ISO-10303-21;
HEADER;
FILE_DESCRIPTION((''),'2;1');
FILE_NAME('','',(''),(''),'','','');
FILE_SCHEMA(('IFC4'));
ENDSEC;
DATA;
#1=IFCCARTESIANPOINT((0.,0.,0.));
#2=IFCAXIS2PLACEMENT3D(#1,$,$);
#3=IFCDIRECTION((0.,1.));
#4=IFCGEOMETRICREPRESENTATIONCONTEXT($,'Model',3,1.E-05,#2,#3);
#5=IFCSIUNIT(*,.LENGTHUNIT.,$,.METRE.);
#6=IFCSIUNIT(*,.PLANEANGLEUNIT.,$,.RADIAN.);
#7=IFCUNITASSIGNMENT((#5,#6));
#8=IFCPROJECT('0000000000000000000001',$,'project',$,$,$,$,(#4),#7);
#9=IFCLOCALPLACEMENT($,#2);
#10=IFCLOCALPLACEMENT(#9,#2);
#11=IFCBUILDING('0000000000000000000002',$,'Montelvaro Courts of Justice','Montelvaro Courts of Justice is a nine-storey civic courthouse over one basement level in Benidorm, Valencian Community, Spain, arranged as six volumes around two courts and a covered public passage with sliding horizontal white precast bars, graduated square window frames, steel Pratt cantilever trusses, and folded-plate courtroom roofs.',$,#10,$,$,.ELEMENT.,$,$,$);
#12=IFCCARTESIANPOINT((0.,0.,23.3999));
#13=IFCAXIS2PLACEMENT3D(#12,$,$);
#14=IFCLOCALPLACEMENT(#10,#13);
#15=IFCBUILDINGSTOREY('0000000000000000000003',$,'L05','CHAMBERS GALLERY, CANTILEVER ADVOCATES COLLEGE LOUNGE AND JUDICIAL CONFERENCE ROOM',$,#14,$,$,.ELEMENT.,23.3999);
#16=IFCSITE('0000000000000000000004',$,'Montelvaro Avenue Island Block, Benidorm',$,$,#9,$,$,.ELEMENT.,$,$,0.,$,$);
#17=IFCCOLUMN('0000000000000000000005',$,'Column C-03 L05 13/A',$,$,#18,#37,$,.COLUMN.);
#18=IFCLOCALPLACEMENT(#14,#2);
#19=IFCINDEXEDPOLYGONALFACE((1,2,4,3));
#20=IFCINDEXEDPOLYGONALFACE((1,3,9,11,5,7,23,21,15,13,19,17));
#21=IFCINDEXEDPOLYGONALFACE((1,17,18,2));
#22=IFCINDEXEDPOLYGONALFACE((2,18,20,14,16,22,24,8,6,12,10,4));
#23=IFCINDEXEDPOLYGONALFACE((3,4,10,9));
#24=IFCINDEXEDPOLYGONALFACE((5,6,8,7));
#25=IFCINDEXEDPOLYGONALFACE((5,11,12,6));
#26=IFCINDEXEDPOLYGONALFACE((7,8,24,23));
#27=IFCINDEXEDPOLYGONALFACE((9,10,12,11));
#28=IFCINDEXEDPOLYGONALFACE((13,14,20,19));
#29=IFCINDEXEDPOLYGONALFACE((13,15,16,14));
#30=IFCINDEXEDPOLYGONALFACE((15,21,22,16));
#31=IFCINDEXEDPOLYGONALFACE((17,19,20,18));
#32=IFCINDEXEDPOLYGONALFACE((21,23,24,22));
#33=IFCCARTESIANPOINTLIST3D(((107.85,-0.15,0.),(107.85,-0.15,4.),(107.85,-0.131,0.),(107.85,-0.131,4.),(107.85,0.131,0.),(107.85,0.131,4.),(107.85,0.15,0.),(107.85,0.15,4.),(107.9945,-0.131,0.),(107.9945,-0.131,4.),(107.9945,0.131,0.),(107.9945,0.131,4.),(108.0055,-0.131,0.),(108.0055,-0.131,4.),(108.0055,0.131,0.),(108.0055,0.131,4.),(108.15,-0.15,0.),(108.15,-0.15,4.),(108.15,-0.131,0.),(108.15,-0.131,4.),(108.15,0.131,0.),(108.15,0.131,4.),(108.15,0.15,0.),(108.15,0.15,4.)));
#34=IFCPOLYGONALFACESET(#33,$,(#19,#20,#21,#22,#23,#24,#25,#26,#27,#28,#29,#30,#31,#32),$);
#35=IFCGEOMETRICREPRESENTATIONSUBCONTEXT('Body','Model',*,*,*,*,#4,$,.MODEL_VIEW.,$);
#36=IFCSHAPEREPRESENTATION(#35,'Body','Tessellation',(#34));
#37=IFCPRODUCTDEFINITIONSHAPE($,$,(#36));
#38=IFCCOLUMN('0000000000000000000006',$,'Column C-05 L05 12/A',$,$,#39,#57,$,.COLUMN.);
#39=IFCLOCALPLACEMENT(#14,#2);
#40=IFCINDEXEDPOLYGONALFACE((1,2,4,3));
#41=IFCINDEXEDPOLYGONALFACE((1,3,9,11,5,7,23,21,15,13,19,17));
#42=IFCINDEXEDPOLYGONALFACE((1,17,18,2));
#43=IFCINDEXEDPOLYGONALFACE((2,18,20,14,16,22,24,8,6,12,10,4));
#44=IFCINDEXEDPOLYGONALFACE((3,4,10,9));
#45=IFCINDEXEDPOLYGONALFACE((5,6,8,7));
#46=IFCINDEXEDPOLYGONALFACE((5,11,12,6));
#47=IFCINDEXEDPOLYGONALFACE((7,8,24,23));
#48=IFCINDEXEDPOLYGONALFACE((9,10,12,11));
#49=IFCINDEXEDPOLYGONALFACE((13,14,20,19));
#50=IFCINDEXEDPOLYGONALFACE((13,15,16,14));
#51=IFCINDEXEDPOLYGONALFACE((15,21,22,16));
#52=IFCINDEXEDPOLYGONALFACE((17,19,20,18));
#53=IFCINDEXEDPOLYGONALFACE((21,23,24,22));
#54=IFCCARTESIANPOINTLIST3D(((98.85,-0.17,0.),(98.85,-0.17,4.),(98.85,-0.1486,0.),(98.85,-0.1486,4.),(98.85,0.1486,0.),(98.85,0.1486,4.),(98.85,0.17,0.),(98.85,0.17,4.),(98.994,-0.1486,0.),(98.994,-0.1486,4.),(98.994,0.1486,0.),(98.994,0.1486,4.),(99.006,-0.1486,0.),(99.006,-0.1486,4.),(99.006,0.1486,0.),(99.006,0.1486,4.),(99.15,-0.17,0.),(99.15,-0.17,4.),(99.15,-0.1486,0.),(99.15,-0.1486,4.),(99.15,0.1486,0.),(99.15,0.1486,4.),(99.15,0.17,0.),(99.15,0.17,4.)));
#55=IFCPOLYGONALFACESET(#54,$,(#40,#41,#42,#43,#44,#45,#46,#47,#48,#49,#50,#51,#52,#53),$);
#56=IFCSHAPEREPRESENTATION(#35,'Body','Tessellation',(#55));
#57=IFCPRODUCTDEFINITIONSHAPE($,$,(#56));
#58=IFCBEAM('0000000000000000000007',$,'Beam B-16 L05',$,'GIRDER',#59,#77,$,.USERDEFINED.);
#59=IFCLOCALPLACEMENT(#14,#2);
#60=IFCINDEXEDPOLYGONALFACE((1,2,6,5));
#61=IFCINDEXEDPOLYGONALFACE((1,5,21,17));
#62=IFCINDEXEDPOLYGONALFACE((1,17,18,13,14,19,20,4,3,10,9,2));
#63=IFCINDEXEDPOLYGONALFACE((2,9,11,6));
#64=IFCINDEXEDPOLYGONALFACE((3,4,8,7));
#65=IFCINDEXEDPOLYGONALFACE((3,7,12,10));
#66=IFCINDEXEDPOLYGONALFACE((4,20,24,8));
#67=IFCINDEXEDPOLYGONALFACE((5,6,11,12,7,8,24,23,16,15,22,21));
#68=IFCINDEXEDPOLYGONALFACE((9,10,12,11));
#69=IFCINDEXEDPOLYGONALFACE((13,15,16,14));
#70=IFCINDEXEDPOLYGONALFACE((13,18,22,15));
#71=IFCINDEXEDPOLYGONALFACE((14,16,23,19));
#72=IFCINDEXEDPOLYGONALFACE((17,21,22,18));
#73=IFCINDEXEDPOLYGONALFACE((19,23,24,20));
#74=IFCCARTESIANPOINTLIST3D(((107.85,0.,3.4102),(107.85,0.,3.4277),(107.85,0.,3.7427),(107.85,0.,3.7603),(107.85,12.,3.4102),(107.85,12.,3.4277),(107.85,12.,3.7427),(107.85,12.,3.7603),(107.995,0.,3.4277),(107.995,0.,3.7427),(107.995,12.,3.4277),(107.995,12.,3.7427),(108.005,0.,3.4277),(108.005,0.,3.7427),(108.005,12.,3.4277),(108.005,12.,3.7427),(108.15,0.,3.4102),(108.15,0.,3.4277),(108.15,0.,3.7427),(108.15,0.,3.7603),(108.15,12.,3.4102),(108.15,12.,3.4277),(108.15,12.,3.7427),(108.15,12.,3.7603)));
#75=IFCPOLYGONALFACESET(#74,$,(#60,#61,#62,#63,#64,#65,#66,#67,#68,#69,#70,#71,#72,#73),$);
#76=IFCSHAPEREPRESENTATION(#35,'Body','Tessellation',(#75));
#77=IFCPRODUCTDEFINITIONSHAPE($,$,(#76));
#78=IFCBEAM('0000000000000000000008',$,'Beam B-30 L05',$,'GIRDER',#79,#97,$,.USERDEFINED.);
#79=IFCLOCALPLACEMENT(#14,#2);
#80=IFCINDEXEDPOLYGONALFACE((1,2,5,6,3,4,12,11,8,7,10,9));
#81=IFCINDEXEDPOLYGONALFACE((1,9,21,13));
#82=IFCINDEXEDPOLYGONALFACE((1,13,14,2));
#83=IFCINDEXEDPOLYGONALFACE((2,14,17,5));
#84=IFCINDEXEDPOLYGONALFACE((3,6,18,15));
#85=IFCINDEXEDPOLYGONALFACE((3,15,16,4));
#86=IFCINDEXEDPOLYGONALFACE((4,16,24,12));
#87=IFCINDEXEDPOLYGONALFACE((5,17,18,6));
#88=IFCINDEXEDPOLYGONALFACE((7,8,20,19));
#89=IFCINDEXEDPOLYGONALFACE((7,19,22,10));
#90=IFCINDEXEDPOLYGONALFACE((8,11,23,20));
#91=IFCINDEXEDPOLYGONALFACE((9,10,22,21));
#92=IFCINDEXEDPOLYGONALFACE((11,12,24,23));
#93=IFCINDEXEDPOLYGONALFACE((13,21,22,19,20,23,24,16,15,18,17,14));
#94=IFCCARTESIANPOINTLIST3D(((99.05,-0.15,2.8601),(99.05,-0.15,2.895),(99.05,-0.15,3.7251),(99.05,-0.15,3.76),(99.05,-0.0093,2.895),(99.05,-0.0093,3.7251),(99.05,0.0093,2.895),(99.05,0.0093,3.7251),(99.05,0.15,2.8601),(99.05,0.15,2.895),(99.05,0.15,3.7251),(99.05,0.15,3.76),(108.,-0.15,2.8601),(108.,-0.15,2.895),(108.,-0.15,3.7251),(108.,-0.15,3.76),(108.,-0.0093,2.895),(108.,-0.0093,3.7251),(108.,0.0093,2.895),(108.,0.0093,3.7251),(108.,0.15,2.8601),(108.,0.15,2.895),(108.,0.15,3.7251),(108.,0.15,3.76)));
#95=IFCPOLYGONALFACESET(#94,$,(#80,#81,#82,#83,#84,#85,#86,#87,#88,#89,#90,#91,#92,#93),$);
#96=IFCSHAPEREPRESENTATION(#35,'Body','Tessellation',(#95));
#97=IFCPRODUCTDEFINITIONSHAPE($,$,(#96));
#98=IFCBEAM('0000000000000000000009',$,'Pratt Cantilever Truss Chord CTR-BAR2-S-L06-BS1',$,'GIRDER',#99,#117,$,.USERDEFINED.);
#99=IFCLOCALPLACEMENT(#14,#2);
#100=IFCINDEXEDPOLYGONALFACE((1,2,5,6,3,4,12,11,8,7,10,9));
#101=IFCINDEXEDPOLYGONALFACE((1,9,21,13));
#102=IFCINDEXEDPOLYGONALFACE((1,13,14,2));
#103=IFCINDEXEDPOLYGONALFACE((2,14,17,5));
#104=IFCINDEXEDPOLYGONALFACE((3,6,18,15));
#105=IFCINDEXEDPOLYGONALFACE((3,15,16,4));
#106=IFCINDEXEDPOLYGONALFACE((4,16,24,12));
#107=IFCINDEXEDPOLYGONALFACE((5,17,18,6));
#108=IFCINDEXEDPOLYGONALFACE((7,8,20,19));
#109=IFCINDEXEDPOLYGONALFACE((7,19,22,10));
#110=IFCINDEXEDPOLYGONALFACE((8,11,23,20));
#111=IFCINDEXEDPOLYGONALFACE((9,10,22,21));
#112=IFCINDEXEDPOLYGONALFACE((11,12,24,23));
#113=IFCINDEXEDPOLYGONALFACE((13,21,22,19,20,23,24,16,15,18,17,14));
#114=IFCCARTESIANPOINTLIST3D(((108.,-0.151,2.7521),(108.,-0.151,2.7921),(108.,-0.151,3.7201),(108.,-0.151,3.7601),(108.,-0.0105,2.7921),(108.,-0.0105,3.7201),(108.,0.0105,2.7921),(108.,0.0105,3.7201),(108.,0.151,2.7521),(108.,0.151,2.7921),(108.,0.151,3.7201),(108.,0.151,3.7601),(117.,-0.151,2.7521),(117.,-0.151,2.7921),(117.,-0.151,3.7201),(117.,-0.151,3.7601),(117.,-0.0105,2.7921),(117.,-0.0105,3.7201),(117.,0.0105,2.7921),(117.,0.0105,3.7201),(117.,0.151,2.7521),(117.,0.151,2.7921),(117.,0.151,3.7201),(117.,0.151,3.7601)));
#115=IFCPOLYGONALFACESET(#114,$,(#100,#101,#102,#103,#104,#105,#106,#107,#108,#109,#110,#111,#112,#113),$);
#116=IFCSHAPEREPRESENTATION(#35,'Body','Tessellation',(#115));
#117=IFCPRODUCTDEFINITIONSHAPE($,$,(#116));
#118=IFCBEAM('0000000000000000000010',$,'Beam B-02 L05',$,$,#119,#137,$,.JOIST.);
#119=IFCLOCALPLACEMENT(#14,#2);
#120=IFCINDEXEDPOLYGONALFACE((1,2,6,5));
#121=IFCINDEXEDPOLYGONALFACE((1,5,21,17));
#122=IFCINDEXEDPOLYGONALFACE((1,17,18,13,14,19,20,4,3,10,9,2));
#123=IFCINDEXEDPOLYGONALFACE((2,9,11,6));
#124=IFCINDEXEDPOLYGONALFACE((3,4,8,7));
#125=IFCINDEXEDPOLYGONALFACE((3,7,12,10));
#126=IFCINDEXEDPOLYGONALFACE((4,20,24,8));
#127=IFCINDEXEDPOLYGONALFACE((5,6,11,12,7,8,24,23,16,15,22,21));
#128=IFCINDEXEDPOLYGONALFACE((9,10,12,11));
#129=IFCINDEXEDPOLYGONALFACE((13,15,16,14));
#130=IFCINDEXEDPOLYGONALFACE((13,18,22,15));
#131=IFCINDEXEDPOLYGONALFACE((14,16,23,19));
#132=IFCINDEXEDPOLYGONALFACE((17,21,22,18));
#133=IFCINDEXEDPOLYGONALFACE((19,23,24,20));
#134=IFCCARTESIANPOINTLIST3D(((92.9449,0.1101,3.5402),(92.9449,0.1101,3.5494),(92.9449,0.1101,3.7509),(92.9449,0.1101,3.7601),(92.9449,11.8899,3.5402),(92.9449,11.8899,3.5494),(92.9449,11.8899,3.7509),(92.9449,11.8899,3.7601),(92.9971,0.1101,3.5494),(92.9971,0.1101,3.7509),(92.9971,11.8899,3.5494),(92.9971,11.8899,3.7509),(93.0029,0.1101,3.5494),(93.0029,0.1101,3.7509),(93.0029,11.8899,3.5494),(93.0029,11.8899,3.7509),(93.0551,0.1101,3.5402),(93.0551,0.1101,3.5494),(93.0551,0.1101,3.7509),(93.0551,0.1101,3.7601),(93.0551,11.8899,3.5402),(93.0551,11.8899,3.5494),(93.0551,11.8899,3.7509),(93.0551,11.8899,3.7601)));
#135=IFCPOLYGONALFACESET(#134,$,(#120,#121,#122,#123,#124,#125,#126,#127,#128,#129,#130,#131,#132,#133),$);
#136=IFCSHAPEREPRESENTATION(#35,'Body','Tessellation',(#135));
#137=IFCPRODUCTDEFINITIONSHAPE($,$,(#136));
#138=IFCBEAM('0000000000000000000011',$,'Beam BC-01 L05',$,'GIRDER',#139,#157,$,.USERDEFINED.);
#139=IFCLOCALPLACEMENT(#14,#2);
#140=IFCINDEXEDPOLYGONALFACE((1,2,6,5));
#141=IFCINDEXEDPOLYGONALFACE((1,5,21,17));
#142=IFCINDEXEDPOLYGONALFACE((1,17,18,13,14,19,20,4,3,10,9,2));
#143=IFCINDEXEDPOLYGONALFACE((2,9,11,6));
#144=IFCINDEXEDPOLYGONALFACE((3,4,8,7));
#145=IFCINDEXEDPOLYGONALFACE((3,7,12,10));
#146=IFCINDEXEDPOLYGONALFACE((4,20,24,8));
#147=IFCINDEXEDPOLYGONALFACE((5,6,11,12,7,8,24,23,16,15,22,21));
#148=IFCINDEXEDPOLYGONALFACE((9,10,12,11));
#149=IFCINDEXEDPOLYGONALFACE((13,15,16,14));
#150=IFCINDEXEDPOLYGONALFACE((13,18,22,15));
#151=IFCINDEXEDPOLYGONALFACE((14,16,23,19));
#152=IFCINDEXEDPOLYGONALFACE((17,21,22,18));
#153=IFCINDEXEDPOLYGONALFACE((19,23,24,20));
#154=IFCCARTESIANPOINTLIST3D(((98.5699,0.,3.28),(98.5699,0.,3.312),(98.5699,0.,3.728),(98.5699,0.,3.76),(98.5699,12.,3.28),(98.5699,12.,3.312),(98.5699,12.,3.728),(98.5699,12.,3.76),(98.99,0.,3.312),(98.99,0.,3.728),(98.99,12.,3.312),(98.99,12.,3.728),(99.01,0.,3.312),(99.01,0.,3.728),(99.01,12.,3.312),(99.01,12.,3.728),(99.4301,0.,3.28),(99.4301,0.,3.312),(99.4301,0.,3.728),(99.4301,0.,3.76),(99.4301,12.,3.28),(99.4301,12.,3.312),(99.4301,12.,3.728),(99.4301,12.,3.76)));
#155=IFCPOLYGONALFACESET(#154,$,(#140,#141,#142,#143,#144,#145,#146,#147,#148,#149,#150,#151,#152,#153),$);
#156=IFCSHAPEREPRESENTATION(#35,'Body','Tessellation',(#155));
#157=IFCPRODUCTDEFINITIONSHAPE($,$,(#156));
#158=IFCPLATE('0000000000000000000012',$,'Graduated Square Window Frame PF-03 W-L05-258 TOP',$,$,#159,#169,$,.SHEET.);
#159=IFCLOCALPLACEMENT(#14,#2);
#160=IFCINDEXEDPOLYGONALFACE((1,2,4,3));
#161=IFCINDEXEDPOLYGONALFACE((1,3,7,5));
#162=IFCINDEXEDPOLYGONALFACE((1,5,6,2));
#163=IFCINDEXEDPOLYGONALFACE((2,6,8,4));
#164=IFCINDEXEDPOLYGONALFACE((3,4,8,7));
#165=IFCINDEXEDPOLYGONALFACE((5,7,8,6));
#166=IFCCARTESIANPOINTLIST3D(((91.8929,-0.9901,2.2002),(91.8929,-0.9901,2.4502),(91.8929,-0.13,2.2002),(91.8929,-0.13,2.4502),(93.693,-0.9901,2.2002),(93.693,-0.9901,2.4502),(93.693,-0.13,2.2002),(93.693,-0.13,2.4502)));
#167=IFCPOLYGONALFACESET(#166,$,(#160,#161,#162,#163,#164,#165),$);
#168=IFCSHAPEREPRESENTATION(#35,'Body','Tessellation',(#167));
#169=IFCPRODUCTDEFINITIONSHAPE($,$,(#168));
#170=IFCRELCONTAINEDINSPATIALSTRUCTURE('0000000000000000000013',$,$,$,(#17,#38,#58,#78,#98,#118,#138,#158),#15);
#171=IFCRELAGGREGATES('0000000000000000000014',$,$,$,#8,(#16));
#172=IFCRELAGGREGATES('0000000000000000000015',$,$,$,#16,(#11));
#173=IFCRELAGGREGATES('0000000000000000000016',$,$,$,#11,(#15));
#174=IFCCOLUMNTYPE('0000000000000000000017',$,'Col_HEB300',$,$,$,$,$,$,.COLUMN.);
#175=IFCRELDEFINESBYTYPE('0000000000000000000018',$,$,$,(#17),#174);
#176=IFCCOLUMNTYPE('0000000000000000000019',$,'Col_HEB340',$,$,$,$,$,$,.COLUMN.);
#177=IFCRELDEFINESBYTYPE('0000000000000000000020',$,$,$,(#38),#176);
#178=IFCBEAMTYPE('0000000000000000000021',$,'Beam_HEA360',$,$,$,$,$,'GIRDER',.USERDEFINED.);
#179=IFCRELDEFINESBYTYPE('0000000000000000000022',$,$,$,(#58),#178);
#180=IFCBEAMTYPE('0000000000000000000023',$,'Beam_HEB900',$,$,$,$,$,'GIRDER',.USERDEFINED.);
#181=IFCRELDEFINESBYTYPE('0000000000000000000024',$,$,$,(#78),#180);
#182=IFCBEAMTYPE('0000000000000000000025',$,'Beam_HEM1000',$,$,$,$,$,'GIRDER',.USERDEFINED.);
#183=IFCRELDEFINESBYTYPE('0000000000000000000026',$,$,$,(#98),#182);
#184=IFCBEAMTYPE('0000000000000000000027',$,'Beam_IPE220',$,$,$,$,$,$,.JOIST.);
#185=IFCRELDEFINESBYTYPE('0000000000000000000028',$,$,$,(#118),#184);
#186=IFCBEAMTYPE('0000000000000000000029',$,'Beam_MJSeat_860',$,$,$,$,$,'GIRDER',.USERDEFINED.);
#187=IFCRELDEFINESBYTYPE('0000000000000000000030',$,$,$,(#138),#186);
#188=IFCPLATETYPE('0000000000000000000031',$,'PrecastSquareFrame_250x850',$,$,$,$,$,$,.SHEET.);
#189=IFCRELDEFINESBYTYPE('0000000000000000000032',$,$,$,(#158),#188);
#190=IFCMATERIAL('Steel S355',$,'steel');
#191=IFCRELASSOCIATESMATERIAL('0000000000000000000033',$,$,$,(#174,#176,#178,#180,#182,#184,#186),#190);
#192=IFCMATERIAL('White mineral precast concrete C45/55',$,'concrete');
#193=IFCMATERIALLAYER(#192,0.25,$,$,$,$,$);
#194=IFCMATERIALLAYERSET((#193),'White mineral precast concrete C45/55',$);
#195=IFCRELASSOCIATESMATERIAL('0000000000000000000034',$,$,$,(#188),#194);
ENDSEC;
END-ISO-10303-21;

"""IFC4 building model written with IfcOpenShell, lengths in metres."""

from ifc_helpers import new_model, si_unit, direction, frame, origin, origin_2d, place, context, subcontext, project, spatial, rectangle, i_section, extrude, material, layer, layer_set, material_profile, profile_set, type_object, element, save


model = new_model("IFC4")

# Units and contexts
model_context = context("Model", 3, precision=1e-05, world=origin(), true_north=direction((0.0, 1.0)))
body_context = subcontext(model_context, "Body", "Model", "MODEL_VIEW")
ifc_project = project(units=[si_unit("LENGTHUNIT", "METRE"), si_unit("PLANEANGLEUNIT", "RADIAN")], contexts=[model_context])

# Site, building, storey
site_placement = place(None, origin())
site = spatial("IfcSite", under=ifc_project, at=site_placement, Name="Montelvaro Avenue Island Block, Benidorm", CompositionType="ELEMENT", RefElevation=0.0)
building_placement = place(site_placement, origin())
building = spatial("IfcBuilding", under=site, at=building_placement, Name="Montelvaro Courts of Justice", Description="Montelvaro Courts of Justice is a nine-storey civic courthouse over one basement level in Benidorm, Valencian Community, Spain, arranged as six volumes around two courts and a covered public passage with sliding horizontal white precast bars, graduated square window frames, steel Pratt cantilever trusses, and folded-plate courtroom roofs.", CompositionType="ELEMENT")
storey_placement = place(building_placement, frame((0.0, 0.0, 23.3999)))
storey = spatial("IfcBuildingStorey", under=building, at=storey_placement, Name="L05", Description="CHAMBERS GALLERY, CANTILEVER ADVOCATES COLLEGE LOUNGE AND JUDICIAL CONFERENCE ROOM", CompositionType="ELEMENT", Elevation=23.3999)

# Columns
ifc_material_1 = material(Name="Steel S355", Category="steel")
ifc_material_profile_1 = material_profile(ifc_material_1, i_section(OverallWidth=0.3, OverallDepth=0.3, WebThickness=0.011, FlangeThickness=0.019, at=origin_2d()), Name="HEB 300")
ifc_profile_set_1 = profile_set([ifc_material_profile_1], Name="Steel S355")
column_type_1 = type_object("IfcColumnType", Name="Col_HEB300", PredefinedType="COLUMN", material=ifc_profile_set_1)
column_1_placement = place(storey_placement, frame((108.0, 0.0, 0.0), z_axis=(0.0, 0.0, 1.0), x_axis=(1.0, 0.0, 0.0)))
element("IfcColumn", 1, at=column_1_placement, inside=storey, type_object=column_type_1, Name="Column C-03 L05 13/A", PredefinedType="COLUMN", context=body_context, shape_type="SweptSolid", body=[
    extrude(i_section(OverallWidth=0.3, OverallDepth=0.3, WebThickness=0.011, FlangeThickness=0.019, at=origin_2d()), origin(), (0.0, 0.0, 1.0), 4.0),
])
ifc_material_profile_2 = material_profile(ifc_material_1, i_section(OverallWidth=0.3, OverallDepth=0.3401, WebThickness=0.012, FlangeThickness=0.0215, at=origin_2d()), Name="HEB 340")
ifc_profile_set_2 = profile_set([ifc_material_profile_2], Name="Steel S355")
column_type_2 = type_object("IfcColumnType", Name="Col_HEB340", PredefinedType="COLUMN", material=ifc_profile_set_2)
column_2_placement = place(storey_placement, frame((99.0, 0.0, 0.0), z_axis=(0.0, 0.0, 1.0), x_axis=(1.0, 0.0, 0.0)))
element("IfcColumn", 2, at=column_2_placement, inside=storey, type_object=column_type_2, Name="Column C-05 L05 12/A", PredefinedType="COLUMN", context=body_context, shape_type="SweptSolid", body=[
    extrude(i_section(OverallWidth=0.3, OverallDepth=0.3401, WebThickness=0.012, FlangeThickness=0.0215, at=origin_2d()), origin(), (0.0, 0.0, 1.0), 4.0),
])

# Beams
ifc_material_profile_3 = material_profile(ifc_material_1, i_section(OverallWidth=0.3, OverallDepth=0.3501, WebThickness=0.01, FlangeThickness=0.0176, at=origin_2d()), Name="HEA 360")
ifc_profile_set_3 = profile_set([ifc_material_profile_3], Name="Steel S355")
beam_type_1 = type_object("IfcBeamType", Name="Beam_HEA360", ElementType="GIRDER", PredefinedType="USERDEFINED", material=ifc_profile_set_3)
beam_1_placement = place(storey_placement, frame((108.0, 0.0, 3.5852), z_axis=(0.0, 1.0, 0.0), x_axis=(-1.0, 0.0, 0.0)))
element("IfcBeam", 3, at=beam_1_placement, inside=storey, type_object=beam_type_1, Name="Beam B-16 L05", ObjectType="GIRDER", PredefinedType="USERDEFINED", context=body_context, shape_type="SweptSolid", body=[
    extrude(i_section(OverallWidth=0.3, OverallDepth=0.3501, WebThickness=0.01, FlangeThickness=0.0176, at=origin_2d()), origin(), (0.0, 0.0, 1.0), 12.0),
])
ifc_material_profile_4 = material_profile(ifc_material_1, i_section(OverallWidth=0.3, OverallDepth=0.8999, WebThickness=0.0186, FlangeThickness=0.0349, at=origin_2d()), Name="HEB 900")
ifc_profile_set_4 = profile_set([ifc_material_profile_4], Name="Steel S355")
beam_type_2 = type_object("IfcBeamType", Name="Beam_HEB900", ElementType="GIRDER", PredefinedType="USERDEFINED", material=ifc_profile_set_4)
beam_2_placement = place(storey_placement, frame((99.05, 0.0, 3.3101), z_axis=(1.0, 0.0, 0.0), x_axis=(0.0, 1.0, 0.0)))
element("IfcBeam", 4, at=beam_2_placement, inside=storey, type_object=beam_type_2, Name="Beam B-30 L05", ObjectType="GIRDER", PredefinedType="USERDEFINED", context=body_context, shape_type="SweptSolid", body=[
    extrude(i_section(OverallWidth=0.3, OverallDepth=0.8999, WebThickness=0.0186, FlangeThickness=0.0349, at=origin_2d()), origin(), (0.0, 0.0, 1.0), 8.95),
])
ifc_material_profile_5 = material_profile(ifc_material_1, i_section(OverallWidth=0.302, OverallDepth=1.0081, WebThickness=0.021, FlangeThickness=0.04, at=origin_2d()), Name="HEM 1000")
ifc_profile_set_5 = profile_set([ifc_material_profile_5], Name="Steel S355")
beam_type_3 = type_object("IfcBeamType", Name="Beam_HEM1000", ElementType="GIRDER", PredefinedType="USERDEFINED", material=ifc_profile_set_5)
beam_3_placement = place(storey_placement, frame((108.0, 0.0, 3.2561), z_axis=(1.0, 0.0, 0.0), x_axis=(0.0, 1.0, 0.0)))
element("IfcBeam", 5, at=beam_3_placement, inside=storey, type_object=beam_type_3, Name="Pratt Cantilever Truss Chord CTR-BAR2-S-L06-BS1", ObjectType="GIRDER", PredefinedType="USERDEFINED", context=body_context, shape_type="SweptSolid", body=[
    extrude(i_section(OverallWidth=0.302, OverallDepth=1.0081, WebThickness=0.021, FlangeThickness=0.04, at=origin_2d()), origin(), (0.0, 0.0, 1.0), 9.0),
])
ifc_material_profile_6 = material_profile(ifc_material_1, i_section(OverallWidth=0.1101, OverallDepth=0.22, WebThickness=0.0059, FlangeThickness=0.0093, at=origin_2d()), Name="IPE 220")
ifc_profile_set_6 = profile_set([ifc_material_profile_6], Name="Steel S355")
beam_type_4 = type_object("IfcBeamType", Name="Beam_IPE220", PredefinedType="JOIST", material=ifc_profile_set_6)
beam_4_placement = place(storey_placement, frame((93.0, 0.1101, 3.6501), z_axis=(0.0, 1.0, 0.0), x_axis=(-1.0, 0.0, 0.0)))
element("IfcBeam", 6, at=beam_4_placement, inside=storey, type_object=beam_type_4, Name="Beam B-02 L05", PredefinedType="JOIST", context=body_context, shape_type="SweptSolid", body=[
    extrude(i_section(OverallWidth=0.1101, OverallDepth=0.22, WebThickness=0.0059, FlangeThickness=0.0093, at=origin_2d()), origin(), (0.0, 0.0, 1.0), 11.7798),
])
ifc_material_profile_7 = material_profile(ifc_material_1, i_section(OverallWidth=0.8601, OverallDepth=0.48, WebThickness=0.02, FlangeThickness=0.032, at=origin_2d()), Name="HL 480x860")
ifc_profile_set_7 = profile_set([ifc_material_profile_7], Name="Steel S355")
beam_type_5 = type_object("IfcBeamType", Name="Beam_MJSeat_860", ElementType="GIRDER", PredefinedType="USERDEFINED", material=ifc_profile_set_7)
beam_5_placement = place(storey_placement, frame((99.0, 0.0, 3.52), z_axis=(0.0, 1.0, 0.0), x_axis=(-1.0, 0.0, 0.0)))
element("IfcBeam", 7, at=beam_5_placement, inside=storey, type_object=beam_type_5, Name="Beam BC-01 L05", ObjectType="GIRDER", PredefinedType="USERDEFINED", context=body_context, shape_type="SweptSolid", body=[
    extrude(i_section(OverallWidth=0.8601, OverallDepth=0.48, WebThickness=0.02, FlangeThickness=0.032, at=origin_2d()), origin(), (0.0, 0.0, 1.0), 12.0),
])

# Plate
ifc_material_2 = material(Name="White mineral precast concrete C45/55", Category="concrete")
ifc_layer_1 = layer(ifc_material_2, 0.25)
ifc_layer_set_1 = layer_set([ifc_layer_1], Name="White mineral precast concrete C45/55")
plate_type = type_object("IfcPlateType", Name="PrecastSquareFrame_250x850", PredefinedType="SHEET", material=ifc_layer_set_1)
for number, where, z_axis, x_axis, name in (
    (8, (92.793, -0.5601, 2.2002), (0.0, 0.0, 1.0), (1.0, 0.0, 0.0), "Graduated Square Window Frame PF-03 W-L05-258 TOP"),
):
    element("IfcPlate", number, at=place(storey_placement, frame(where, z_axis=z_axis, x_axis=x_axis)), inside=storey, type_object=plate_type, Name=name, PredefinedType="SHEET", context=body_context, shape_type="SweptSolid", body=[
        extrude(rectangle(XDim=1.8, YDim=0.8601, at=origin_2d()), origin(), (0.0, 0.0, 1.0), 0.25),
    ])

save(model, "model.ifc")
